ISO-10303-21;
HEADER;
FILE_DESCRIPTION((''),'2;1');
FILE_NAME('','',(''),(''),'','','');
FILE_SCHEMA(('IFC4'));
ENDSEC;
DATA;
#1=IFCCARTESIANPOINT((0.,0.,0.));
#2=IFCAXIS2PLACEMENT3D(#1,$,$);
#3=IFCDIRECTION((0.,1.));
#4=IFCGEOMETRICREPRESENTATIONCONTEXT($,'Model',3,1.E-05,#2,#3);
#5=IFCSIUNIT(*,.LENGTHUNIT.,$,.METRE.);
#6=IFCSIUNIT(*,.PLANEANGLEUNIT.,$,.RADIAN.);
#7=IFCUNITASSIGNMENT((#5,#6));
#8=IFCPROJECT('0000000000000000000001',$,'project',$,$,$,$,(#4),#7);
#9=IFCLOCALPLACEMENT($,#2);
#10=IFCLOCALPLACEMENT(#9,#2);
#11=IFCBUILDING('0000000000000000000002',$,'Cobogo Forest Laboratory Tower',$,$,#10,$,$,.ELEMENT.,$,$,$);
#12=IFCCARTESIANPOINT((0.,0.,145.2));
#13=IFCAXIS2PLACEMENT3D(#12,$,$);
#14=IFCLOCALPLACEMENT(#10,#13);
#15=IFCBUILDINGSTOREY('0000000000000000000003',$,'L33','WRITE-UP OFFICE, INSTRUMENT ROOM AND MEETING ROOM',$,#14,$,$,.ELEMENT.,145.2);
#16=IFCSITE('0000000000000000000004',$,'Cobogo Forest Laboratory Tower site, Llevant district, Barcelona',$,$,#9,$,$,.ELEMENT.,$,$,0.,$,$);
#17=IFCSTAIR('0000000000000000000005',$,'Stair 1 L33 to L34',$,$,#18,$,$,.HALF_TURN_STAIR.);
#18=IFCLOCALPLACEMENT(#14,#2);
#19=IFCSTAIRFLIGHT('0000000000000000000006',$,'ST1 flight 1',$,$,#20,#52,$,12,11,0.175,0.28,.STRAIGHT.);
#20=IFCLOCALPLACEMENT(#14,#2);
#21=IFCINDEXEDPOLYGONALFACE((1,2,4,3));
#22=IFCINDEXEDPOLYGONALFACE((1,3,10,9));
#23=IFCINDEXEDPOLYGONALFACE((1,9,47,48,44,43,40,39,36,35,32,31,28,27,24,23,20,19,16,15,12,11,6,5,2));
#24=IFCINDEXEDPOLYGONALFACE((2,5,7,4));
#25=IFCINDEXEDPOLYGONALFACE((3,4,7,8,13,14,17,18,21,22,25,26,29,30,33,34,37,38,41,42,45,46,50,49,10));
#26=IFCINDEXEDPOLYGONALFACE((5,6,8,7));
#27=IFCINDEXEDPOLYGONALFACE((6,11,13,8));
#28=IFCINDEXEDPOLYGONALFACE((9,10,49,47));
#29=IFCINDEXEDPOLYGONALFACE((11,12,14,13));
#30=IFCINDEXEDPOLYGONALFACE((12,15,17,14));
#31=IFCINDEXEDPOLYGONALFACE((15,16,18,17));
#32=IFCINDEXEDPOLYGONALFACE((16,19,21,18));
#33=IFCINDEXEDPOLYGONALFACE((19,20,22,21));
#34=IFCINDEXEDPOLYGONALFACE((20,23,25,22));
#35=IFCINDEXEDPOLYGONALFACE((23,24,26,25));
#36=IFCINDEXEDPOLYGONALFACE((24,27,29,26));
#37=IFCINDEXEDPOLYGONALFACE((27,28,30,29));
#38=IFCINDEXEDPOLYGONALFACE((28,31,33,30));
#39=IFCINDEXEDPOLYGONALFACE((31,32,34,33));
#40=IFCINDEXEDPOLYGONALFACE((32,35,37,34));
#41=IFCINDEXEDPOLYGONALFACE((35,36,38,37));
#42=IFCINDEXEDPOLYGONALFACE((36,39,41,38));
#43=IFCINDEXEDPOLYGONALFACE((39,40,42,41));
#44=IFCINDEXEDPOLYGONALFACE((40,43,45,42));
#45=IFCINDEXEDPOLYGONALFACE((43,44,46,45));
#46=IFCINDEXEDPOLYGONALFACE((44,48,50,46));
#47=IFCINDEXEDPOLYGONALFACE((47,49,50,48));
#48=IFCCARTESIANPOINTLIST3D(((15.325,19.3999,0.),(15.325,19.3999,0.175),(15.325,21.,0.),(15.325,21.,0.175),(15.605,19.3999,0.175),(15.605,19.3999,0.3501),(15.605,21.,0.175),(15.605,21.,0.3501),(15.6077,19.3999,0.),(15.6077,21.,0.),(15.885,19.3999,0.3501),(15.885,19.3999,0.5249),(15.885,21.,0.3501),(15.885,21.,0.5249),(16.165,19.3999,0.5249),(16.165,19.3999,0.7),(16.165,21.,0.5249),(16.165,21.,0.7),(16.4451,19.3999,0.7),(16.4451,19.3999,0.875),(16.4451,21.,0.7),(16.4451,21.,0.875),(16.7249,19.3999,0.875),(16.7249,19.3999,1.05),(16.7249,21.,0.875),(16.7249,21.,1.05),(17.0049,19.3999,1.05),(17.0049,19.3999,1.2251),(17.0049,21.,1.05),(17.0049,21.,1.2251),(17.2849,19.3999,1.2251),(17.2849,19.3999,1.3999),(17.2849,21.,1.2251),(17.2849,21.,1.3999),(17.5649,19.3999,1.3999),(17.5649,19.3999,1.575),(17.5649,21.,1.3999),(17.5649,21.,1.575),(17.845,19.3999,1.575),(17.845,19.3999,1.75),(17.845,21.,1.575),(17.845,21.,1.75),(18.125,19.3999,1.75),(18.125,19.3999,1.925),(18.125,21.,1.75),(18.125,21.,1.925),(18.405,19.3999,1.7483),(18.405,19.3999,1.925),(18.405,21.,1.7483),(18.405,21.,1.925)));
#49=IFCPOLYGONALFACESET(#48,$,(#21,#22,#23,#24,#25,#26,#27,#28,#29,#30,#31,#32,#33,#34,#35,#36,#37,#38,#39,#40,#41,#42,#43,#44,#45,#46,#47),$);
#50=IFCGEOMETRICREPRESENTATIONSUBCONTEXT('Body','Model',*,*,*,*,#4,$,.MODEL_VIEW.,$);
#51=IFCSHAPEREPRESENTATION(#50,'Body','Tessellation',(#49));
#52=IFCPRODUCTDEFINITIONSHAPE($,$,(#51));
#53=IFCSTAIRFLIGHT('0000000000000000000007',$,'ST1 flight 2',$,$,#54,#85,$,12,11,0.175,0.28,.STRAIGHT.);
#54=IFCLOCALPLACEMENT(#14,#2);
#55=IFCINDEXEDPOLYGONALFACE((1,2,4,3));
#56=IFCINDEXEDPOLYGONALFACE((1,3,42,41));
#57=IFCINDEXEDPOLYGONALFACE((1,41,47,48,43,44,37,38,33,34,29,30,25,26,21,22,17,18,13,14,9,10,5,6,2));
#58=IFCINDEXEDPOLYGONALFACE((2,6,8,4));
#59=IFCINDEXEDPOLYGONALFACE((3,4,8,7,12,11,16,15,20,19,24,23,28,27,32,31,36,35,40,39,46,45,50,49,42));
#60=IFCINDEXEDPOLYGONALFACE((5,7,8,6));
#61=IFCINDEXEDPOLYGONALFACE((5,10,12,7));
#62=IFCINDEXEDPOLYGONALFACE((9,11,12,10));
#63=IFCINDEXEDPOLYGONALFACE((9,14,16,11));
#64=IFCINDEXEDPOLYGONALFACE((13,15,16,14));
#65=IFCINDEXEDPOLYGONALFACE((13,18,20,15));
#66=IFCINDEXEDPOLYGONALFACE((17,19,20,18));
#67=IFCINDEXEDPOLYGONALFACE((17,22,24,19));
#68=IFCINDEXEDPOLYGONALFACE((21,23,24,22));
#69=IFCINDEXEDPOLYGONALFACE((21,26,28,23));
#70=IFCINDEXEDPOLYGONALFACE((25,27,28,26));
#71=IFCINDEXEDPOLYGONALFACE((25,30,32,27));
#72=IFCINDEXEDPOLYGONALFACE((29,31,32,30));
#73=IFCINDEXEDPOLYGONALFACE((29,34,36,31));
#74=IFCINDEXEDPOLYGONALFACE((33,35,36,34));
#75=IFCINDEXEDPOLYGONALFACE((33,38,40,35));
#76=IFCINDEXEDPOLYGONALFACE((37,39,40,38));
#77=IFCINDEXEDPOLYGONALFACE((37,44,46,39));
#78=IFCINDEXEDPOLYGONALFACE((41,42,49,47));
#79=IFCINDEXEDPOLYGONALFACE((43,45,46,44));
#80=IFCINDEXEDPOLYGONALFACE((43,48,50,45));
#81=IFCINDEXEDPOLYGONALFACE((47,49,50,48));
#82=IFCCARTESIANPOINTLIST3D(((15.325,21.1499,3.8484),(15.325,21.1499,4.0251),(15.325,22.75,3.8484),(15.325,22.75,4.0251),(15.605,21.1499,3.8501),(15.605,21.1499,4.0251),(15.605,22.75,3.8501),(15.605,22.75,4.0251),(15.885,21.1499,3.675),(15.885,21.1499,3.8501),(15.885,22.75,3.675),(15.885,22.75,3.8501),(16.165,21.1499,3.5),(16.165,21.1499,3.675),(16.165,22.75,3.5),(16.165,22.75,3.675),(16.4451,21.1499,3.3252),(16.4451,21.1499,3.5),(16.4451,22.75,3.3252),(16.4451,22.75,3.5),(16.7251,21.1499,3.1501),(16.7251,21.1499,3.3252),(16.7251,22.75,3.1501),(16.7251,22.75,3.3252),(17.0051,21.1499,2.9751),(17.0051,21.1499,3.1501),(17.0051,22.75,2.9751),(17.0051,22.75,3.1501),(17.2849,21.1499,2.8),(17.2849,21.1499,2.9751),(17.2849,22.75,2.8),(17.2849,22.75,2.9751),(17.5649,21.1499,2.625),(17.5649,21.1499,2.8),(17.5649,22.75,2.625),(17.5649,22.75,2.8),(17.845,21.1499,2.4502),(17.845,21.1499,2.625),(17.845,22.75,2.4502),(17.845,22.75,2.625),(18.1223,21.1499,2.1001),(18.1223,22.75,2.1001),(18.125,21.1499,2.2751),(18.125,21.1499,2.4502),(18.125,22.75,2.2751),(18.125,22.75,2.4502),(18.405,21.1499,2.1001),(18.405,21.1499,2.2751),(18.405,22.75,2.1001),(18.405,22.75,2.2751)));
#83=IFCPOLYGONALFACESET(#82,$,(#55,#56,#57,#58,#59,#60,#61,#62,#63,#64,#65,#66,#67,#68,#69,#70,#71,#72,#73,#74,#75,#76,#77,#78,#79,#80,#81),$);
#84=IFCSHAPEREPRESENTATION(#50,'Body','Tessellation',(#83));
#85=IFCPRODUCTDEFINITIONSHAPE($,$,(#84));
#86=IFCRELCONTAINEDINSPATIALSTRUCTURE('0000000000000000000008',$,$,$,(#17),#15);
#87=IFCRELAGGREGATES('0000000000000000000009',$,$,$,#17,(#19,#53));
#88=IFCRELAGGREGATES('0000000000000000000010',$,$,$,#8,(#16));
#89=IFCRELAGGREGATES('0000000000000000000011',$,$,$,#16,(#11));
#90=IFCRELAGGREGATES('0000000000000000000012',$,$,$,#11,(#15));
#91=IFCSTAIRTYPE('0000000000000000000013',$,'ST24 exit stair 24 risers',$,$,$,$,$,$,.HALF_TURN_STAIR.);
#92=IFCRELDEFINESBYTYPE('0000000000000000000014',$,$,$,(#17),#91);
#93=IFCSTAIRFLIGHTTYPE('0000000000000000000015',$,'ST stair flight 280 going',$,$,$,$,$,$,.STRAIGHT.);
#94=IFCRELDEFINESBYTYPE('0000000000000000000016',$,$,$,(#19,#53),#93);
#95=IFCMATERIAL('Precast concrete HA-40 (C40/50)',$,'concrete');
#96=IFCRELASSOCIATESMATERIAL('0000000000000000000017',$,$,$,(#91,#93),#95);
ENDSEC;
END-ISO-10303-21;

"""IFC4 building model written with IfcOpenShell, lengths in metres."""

from ifc_helpers import new_model, si_unit, direction, frame, origin, place, context, subcontext, project, spatial, polyline, outline, extrude, material, type_object, element, aggregate, save


model = new_model("IFC4")

# Units and contexts
model_context = context("Model", 3, precision=1e-05, world=origin(), true_north=direction((0.0, 1.0)))
body_context = subcontext(model_context, "Body", "Model", "MODEL_VIEW")
ifc_project = project(units=[si_unit("LENGTHUNIT", "METRE"), si_unit("PLANEANGLEUNIT", "RADIAN")], contexts=[model_context])

# Site, building, storey
site_placement = place(None, origin())
site = spatial("IfcSite", under=ifc_project, at=site_placement, Name="Cobogo Forest Laboratory Tower site, Llevant district, Barcelona", CompositionType="ELEMENT", RefElevation=0.0)
building_placement = place(site_placement, origin())
building = spatial("IfcBuilding", under=site, at=building_placement, Name="Cobogo Forest Laboratory Tower", CompositionType="ELEMENT")
storey_placement = place(building_placement, frame((0.0, 0.0, 145.2)))
storey = spatial("IfcBuildingStorey", under=building, at=storey_placement, Name="L33", Description="WRITE-UP OFFICE, INSTRUMENT ROOM AND MEETING ROOM", CompositionType="ELEMENT", Elevation=145.2)

# Stair, stair flights
ifc_material_1 = material(Name="Precast concrete HA-40 (C40/50)", Category="concrete")
stair_type = type_object("IfcStairType", Name="ST24 exit stair 24 risers", PredefinedType="HALF_TURN_STAIR", material=ifc_material_1)
stair_placement = place(storey_placement, origin())
stair = element("IfcStair", 1, at=stair_placement, inside=storey, type_object=stair_type, Name="Stair 1 L33 to L34", PredefinedType="HALF_TURN_STAIR")
stair_flight_type = type_object("IfcStairFlightType", Name="ST stair flight 280 going", PredefinedType="STRAIGHT", material=ifc_material_1)
stair_flight_1_placement = place(storey_placement, frame((15.325, 20.2, 0.0), z_axis=(0.0, 0.0, 1.0), x_axis=(1.0, 0.0, 0.0)))
stair_flight_1 = element("IfcStairFlight", 2, at=stair_flight_1_placement, type_object=stair_flight_type, Name="ST1 flight 1", NumberOfRisers=12, NumberOfTreads=11, PredefinedType="STRAIGHT", RiserHeight=0.175, TreadLength=0.28, context=body_context, shape_type="SweptSolid", body=[
    extrude(outline(polyline([(0.0, 0.0), (0.0, 0.175), (0.28, 0.175), (0.28, 0.3501), (0.5601, 0.3501), (0.5601, 0.5249), (0.8401, 0.5249), (0.8401, 0.7), (1.1201, 0.7), (1.1201, 0.875), (1.3999, 0.875), (1.3999, 1.05), (1.6799, 1.05), (1.6799, 1.2251), (1.96, 1.2251), (1.96, 1.3999), (2.24, 1.3999), (2.24, 1.575), (2.52, 1.575), (2.52, 1.75), (2.8, 1.75), (2.8, 1.925), (3.0801, 1.925), (3.0801, 2.1001), (3.0801, 1.7483), (0.2827, 0.0), (0.0, 0.0)])), frame((0.0, 0.8, 0.0), z_axis=(0.0, -1.0, 0.0), x_axis=(1.0, 0.0, 0.0)), (0.0, 0.0, 1.0), 1.6001),
])
stair_flight_2_placement = place(storey_placement, frame((18.405, 21.95, 2.1001), z_axis=(0.0, 0.0, 1.0), x_axis=(-1.0, 0.0, 0.0)))
stair_flight_2 = element("IfcStairFlight", 3, at=stair_flight_2_placement, type_object=stair_flight_type, Name="ST1 flight 2", NumberOfRisers=12, NumberOfTreads=11, PredefinedType="STRAIGHT", RiserHeight=0.175, TreadLength=0.28, context=body_context, shape_type="SweptSolid", body=[
    extrude(outline(polyline([(0.0, 0.0), (0.0, 0.175), (0.28, 0.175), (0.28, 0.3501), (0.5601, 0.3501), (0.5601, 0.5249), (0.8401, 0.5249), (0.8401, 0.7), (1.1201, 0.7), (1.1201, 0.875), (1.3999, 0.875), (1.3999, 1.05), (1.6799, 1.05), (1.6799, 1.2251), (1.96, 1.2251), (1.96, 1.3999), (2.24, 1.3999), (2.24, 1.575), (2.52, 1.575), (2.52, 1.75), (2.8, 1.75), (2.8, 1.925), (3.0801, 1.925), (3.0801, 2.1001), (3.0801, 1.7483), (0.2827, 0.0), (0.0, 0.0)])), frame((0.0, 0.8, 0.0), z_axis=(0.0, -1.0, 0.0), x_axis=(1.0, 0.0, 0.0)), (0.0, 0.0, 1.0), 1.6001),
])
aggregate(stair, [stair_flight_1, stair_flight_2])

save(model, "model.ifc")
